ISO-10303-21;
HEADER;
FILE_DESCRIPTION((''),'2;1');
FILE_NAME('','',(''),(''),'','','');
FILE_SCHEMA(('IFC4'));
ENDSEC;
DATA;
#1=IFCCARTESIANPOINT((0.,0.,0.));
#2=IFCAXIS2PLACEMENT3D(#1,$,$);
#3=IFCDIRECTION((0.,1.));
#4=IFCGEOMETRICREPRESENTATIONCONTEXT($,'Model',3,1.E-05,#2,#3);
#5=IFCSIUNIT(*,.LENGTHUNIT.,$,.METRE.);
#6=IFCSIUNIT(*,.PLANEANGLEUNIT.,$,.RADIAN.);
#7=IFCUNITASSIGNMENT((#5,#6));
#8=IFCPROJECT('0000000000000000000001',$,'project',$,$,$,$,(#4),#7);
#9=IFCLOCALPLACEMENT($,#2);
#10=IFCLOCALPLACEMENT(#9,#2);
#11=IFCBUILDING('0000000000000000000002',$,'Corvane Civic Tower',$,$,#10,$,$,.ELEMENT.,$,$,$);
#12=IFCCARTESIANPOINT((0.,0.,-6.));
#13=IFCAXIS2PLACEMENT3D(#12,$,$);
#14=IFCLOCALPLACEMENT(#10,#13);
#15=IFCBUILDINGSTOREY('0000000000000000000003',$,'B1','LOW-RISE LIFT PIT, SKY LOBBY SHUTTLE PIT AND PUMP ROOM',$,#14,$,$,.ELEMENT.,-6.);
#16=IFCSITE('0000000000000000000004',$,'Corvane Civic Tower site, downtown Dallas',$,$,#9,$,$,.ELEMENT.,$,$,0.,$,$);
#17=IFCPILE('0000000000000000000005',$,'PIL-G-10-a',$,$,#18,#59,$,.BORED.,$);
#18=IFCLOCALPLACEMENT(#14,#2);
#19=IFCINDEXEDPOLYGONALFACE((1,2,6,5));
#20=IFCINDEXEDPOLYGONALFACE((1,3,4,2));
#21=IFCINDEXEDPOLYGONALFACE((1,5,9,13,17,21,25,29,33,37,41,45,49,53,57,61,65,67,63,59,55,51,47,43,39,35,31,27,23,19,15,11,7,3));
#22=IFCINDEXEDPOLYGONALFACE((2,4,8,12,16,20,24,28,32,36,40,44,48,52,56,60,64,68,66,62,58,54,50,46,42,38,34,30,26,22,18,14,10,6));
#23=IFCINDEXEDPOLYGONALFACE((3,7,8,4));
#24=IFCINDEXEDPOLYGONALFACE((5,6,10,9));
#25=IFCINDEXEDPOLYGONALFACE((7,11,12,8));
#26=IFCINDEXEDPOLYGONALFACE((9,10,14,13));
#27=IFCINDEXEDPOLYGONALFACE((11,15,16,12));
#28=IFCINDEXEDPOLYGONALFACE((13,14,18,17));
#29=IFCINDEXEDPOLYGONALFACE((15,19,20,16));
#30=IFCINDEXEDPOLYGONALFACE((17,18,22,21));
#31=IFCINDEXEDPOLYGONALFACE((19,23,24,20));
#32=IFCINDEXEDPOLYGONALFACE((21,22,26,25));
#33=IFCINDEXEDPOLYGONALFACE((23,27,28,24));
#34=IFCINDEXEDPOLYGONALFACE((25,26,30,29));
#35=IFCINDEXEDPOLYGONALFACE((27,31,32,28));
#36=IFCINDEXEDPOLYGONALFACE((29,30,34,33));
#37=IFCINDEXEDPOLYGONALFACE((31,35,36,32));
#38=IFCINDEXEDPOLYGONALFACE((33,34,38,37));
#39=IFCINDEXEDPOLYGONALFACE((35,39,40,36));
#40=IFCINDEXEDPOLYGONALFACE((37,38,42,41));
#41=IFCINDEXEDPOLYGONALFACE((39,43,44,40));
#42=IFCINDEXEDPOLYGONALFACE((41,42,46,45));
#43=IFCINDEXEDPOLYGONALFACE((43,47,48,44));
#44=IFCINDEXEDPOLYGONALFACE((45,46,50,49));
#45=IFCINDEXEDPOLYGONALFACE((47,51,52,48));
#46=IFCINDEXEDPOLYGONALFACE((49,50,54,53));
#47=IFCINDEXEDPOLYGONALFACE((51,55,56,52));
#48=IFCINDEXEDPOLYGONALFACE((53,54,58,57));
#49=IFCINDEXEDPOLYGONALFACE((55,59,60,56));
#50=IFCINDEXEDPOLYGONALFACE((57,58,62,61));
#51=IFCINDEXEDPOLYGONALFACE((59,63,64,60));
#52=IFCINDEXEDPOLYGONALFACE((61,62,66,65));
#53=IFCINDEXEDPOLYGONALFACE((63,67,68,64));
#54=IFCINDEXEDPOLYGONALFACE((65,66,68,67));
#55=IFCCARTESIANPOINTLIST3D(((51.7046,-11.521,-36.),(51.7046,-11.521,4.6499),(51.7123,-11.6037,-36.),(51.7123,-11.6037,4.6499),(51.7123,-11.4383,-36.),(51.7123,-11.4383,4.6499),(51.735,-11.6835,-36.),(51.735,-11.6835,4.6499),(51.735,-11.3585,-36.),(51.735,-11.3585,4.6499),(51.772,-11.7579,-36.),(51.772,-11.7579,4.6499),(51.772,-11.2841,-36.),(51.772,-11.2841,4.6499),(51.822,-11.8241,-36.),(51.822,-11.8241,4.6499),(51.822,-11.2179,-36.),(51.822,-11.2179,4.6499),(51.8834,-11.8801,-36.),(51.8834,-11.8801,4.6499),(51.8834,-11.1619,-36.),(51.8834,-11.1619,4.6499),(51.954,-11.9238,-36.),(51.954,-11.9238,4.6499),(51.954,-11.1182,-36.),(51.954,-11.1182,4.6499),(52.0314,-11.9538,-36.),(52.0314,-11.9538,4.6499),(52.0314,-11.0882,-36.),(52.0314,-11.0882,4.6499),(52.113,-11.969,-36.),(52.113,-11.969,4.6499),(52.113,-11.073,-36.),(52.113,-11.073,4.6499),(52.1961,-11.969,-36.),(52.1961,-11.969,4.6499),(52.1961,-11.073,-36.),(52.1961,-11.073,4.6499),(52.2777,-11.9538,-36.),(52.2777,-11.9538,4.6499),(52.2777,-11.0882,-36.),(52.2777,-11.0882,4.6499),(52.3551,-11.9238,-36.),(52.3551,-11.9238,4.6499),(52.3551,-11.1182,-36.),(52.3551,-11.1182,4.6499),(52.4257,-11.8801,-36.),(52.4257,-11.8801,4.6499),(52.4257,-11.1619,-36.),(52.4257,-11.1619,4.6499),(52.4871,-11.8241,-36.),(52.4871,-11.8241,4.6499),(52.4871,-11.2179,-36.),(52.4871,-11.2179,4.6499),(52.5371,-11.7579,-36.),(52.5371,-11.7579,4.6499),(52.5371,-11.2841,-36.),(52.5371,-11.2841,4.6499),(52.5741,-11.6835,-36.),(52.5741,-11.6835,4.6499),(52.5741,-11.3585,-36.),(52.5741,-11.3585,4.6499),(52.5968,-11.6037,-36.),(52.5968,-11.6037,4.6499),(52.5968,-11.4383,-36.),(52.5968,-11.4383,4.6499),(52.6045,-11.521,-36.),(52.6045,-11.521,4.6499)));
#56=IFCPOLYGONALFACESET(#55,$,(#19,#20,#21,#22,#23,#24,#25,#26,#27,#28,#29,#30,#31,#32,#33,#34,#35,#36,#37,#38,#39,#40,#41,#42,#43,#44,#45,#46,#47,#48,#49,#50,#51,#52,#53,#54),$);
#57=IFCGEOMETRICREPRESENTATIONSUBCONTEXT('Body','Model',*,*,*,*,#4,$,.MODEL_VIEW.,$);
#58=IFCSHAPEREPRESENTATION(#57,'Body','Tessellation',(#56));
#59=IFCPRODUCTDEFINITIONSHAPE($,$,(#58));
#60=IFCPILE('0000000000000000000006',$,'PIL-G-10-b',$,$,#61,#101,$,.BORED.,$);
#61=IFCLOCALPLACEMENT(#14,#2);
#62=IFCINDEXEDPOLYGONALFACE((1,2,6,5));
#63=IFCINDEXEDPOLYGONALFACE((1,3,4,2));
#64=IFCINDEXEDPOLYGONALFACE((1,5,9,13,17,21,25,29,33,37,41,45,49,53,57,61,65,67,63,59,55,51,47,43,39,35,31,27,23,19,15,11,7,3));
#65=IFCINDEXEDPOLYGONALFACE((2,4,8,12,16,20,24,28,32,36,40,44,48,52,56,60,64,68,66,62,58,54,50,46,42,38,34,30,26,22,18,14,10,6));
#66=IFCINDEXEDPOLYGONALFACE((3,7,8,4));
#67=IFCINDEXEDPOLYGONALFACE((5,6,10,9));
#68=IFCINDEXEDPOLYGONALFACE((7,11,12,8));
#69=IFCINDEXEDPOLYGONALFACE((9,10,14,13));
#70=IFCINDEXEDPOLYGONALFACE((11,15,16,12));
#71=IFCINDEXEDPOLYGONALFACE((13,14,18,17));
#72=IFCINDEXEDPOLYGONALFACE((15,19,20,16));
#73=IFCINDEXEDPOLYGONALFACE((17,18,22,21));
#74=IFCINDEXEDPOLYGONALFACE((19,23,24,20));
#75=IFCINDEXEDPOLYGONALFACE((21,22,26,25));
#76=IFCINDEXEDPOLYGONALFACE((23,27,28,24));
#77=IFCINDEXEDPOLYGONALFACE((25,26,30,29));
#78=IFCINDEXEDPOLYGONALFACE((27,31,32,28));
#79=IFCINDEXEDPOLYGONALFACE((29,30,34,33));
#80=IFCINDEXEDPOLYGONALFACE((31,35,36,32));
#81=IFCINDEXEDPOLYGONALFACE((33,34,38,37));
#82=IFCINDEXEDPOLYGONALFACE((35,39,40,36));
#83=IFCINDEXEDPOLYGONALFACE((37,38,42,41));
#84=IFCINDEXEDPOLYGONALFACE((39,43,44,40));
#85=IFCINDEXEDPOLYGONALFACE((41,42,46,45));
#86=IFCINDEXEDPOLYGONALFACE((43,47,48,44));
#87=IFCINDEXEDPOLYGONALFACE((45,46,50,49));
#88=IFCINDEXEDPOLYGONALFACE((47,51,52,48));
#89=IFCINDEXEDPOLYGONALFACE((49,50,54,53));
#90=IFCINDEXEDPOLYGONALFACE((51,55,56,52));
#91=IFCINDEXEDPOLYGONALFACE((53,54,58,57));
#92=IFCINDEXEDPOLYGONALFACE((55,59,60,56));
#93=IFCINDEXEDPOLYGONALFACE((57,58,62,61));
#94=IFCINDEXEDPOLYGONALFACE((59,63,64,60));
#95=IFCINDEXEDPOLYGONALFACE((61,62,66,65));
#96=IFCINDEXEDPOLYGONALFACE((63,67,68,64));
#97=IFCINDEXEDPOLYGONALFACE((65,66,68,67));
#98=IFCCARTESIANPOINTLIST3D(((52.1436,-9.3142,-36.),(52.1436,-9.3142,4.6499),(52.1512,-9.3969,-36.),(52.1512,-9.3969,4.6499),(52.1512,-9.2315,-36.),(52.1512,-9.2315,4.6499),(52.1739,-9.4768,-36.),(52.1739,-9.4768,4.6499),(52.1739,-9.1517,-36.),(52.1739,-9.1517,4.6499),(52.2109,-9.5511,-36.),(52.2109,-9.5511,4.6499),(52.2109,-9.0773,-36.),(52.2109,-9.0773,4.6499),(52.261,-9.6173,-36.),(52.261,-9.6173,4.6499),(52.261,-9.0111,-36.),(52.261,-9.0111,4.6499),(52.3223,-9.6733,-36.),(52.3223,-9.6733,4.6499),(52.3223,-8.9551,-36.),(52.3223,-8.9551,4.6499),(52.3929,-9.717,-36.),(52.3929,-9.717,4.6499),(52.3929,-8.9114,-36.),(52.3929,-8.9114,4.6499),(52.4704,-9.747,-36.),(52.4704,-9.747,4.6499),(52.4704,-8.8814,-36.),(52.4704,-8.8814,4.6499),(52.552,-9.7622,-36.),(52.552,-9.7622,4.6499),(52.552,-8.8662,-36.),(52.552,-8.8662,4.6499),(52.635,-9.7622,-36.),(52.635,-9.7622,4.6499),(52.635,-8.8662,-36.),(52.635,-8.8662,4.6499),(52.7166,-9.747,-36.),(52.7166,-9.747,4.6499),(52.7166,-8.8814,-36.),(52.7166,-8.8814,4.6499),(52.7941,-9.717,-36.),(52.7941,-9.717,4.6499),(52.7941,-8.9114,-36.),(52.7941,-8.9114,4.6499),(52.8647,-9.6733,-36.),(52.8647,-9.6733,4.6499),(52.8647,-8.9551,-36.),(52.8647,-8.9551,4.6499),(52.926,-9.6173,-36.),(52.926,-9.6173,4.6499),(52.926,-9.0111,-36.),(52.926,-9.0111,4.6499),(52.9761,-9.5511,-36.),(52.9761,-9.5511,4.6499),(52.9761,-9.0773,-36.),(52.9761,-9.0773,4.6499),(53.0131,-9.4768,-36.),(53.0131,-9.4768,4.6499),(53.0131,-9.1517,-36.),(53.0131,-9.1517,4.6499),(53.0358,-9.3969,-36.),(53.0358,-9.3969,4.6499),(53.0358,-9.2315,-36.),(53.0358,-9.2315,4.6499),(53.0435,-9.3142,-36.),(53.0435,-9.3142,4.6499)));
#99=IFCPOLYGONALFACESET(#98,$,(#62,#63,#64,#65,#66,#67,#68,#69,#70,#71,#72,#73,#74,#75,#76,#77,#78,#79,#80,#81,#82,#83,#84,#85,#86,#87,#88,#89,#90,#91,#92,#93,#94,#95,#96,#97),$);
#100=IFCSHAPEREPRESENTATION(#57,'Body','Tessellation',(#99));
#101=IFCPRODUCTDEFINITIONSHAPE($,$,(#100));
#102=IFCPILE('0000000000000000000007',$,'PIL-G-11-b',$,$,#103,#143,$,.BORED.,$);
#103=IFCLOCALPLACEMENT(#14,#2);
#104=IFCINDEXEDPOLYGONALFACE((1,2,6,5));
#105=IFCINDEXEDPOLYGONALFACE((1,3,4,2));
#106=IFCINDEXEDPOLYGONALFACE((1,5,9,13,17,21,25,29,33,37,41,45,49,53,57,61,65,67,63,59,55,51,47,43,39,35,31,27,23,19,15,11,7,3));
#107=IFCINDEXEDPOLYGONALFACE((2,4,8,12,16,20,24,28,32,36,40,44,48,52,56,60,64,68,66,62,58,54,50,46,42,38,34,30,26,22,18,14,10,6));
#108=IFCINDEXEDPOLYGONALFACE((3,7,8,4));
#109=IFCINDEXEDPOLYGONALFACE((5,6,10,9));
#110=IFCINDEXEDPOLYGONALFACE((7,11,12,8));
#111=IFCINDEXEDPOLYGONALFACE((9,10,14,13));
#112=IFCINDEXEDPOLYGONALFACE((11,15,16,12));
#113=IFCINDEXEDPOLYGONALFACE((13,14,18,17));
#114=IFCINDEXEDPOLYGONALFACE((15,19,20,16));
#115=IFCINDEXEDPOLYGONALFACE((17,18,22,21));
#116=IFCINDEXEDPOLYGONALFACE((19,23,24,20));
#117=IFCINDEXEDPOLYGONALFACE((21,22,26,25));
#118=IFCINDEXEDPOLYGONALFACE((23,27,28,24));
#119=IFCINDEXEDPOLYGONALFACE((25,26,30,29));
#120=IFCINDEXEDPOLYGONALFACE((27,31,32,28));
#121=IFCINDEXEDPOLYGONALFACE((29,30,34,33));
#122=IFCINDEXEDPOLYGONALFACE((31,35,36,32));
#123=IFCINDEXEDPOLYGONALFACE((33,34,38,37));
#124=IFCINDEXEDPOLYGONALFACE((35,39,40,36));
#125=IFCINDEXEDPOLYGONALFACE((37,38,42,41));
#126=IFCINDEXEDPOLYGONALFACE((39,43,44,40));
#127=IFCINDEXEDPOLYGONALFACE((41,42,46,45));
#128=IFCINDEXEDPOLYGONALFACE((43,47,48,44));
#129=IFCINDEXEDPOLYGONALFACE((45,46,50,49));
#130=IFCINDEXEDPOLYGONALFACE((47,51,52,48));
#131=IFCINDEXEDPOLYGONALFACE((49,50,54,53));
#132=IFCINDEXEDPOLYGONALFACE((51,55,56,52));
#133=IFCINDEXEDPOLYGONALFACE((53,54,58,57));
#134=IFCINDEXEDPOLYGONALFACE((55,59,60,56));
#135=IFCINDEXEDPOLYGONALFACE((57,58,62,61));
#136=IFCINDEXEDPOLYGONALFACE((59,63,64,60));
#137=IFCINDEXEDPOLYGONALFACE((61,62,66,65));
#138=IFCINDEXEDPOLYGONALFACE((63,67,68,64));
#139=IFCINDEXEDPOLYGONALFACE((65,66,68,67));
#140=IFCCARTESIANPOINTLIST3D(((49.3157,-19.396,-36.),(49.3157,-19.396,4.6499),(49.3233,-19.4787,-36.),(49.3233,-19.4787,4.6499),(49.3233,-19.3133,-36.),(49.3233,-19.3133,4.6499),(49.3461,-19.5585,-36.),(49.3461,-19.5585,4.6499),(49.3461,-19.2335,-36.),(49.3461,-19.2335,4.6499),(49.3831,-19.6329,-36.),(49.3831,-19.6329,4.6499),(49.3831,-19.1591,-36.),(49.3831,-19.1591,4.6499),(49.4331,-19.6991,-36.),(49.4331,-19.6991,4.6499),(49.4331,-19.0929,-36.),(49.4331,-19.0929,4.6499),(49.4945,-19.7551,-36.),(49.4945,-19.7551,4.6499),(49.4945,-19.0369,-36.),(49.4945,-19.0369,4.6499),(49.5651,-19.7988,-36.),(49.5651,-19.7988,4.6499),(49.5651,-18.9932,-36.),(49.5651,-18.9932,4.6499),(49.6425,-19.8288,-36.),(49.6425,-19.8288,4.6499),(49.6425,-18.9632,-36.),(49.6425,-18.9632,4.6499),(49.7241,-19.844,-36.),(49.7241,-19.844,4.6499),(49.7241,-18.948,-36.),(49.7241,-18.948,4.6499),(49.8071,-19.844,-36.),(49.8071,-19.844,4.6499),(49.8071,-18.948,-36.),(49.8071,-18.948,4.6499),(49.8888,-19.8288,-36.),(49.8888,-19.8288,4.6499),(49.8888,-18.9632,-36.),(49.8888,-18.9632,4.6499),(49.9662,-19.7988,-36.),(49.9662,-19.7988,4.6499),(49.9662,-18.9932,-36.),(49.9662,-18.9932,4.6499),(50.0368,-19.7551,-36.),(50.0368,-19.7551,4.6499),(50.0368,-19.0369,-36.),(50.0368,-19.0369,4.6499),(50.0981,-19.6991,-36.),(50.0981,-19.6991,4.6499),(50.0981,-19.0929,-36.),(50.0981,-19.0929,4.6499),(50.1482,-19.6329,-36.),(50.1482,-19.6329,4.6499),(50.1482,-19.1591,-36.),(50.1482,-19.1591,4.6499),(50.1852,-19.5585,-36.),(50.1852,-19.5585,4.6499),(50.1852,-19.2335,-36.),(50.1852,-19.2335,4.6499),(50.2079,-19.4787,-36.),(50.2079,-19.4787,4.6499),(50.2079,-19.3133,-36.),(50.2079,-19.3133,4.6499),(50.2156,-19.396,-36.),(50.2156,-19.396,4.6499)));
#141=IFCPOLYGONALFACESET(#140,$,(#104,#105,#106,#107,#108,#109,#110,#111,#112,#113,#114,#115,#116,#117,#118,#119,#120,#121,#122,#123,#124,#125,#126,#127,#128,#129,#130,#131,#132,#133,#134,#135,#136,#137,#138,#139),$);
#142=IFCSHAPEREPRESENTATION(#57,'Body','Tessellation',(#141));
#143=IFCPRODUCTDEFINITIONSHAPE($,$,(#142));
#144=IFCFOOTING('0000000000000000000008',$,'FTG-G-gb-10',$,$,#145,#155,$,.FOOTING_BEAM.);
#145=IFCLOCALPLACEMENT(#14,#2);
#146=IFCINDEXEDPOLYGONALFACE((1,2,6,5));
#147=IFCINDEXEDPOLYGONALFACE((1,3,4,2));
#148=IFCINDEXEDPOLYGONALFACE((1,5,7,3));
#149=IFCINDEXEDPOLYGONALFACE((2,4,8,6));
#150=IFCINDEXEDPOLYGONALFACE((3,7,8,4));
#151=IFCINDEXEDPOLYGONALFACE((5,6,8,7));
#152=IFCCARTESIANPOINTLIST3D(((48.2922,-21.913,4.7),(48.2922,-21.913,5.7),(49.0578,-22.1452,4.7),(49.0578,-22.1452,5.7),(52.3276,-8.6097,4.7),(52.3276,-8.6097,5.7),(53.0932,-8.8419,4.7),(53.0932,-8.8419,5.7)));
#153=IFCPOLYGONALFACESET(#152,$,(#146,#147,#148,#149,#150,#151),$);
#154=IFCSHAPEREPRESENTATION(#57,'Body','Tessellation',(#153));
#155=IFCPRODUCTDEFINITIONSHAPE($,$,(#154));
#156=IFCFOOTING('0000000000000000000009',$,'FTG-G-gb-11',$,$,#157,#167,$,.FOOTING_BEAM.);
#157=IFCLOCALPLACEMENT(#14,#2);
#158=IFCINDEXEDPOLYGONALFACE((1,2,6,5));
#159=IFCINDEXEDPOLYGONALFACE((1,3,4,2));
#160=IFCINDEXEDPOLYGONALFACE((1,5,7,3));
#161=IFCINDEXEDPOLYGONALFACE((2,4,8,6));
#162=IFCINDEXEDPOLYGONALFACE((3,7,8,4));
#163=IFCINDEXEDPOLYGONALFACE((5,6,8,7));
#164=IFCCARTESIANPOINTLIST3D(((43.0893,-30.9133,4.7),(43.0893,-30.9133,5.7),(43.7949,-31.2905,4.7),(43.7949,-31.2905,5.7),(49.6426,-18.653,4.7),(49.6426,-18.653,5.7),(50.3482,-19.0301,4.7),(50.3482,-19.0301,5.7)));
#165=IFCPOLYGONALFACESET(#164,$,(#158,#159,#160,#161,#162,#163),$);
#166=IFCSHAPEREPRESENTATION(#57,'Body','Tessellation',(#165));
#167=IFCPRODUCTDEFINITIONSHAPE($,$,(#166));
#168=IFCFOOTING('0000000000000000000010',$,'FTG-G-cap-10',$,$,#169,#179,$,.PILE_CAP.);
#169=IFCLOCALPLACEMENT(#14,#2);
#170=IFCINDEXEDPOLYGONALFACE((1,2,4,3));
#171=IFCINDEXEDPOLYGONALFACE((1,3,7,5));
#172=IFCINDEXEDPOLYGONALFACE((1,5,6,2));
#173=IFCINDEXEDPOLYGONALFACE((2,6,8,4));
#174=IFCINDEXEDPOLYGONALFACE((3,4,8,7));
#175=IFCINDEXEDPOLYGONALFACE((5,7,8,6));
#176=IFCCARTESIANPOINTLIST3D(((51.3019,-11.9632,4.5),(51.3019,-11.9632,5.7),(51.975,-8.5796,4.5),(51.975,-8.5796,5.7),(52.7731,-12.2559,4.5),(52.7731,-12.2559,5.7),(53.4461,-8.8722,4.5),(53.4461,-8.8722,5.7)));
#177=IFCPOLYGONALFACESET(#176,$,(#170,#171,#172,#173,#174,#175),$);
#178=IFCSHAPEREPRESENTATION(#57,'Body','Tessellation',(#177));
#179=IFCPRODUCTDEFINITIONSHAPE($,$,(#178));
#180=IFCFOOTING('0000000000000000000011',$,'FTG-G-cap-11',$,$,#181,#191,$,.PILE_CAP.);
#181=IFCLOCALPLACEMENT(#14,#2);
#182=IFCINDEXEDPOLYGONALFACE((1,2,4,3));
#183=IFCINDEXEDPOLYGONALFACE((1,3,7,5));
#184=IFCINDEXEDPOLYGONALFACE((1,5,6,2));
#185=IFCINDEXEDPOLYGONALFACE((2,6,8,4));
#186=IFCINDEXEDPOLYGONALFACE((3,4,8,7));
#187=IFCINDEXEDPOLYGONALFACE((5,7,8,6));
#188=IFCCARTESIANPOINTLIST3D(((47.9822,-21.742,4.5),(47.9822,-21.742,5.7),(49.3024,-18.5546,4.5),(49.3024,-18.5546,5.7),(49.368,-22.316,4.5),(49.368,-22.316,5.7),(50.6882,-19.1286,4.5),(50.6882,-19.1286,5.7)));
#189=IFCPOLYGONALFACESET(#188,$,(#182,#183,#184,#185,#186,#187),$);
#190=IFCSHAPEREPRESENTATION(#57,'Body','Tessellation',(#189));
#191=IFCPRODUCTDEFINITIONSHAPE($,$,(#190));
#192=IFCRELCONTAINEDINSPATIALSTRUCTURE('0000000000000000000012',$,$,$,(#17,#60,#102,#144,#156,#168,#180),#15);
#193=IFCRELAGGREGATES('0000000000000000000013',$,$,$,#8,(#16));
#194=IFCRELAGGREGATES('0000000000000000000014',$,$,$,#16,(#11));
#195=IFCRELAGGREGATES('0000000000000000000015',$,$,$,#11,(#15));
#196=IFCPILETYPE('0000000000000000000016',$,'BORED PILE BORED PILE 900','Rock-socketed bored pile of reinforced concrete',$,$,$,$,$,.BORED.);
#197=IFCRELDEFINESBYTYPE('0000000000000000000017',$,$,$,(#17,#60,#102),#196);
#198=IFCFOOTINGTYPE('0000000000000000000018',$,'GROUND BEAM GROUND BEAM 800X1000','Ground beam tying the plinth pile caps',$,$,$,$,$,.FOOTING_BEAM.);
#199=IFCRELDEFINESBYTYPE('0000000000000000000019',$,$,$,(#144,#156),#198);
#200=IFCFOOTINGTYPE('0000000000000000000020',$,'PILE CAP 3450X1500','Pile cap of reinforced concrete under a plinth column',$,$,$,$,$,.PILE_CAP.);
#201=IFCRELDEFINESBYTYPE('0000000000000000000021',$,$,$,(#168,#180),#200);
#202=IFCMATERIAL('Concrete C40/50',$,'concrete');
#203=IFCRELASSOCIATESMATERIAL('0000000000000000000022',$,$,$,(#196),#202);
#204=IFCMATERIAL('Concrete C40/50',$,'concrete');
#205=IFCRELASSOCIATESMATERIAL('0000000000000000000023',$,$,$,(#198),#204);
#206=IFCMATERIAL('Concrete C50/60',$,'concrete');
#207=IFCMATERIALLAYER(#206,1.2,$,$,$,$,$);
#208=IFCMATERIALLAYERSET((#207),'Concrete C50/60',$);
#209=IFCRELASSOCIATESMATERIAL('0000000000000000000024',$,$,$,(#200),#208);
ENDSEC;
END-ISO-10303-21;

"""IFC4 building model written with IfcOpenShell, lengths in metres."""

from ifc_helpers import new_model, si_unit, direction, frame, origin, origin_2d, place, context, subcontext, project, spatial, rectangle, circle, extrude, material, layer, layer_set, material_profile, profile_set, type_object, element, save


model = new_model("IFC4")

# Units and contexts
model_context = context("Model", 3, precision=1e-05, world=origin(), true_north=direction((0.0, 1.0)))
body_context = subcontext(model_context, "Body", "Model", "MODEL_VIEW")
ifc_project = project(units=[si_unit("LENGTHUNIT", "METRE"), si_unit("PLANEANGLEUNIT", "RADIAN")], contexts=[model_context])

# Site, building, storey
site_placement = place(None, origin())
site = spatial("IfcSite", under=ifc_project, at=site_placement, Name="Corvane Civic Tower site, downtown Dallas", CompositionType="ELEMENT", RefElevation=0.0)
building_placement = place(site_placement, origin())
building = spatial("IfcBuilding", under=site, at=building_placement, Name="Corvane Civic Tower", CompositionType="ELEMENT")
storey_placement = place(building_placement, frame((0.0, 0.0, -6.0)))
storey = spatial("IfcBuildingStorey", under=building, at=storey_placement, Name="B1", Description="LOW-RISE LIFT PIT, SKY LOBBY SHUTTLE PIT AND PUMP ROOM", CompositionType="ELEMENT", Elevation=-6.0)

# Piles
ifc_material_1 = material(Name="Concrete C40/50", Category="concrete")
ifc_material_profile_1 = material_profile(ifc_material_1, circle(Radius=0.45, at=origin_2d()), Name="BORED PILE 900")
ifc_profile_set_1 = profile_set([ifc_material_profile_1], Name="Concrete C40/50")
pile_type_1 = type_object("IfcPileType", Name="BORED PILE BORED PILE 900", Description="Rock-socketed bored pile of reinforced concrete", PredefinedType="BORED", material=ifc_profile_set_1)
for number, where, z_axis, x_axis, name in (
    (1, (52.1545, -11.521, 4.6499), (0.0, 0.0, -1.0), (1.0, 0.0, 0.0), "PIL-G-10-a"),
    (2, (52.5935, -9.3142, 4.6499), (0.0, 0.0, -1.0), (1.0, 0.0, 0.0), "PIL-G-10-b"),
    (3, (49.7656, -19.396, 4.6499), (0.0, 0.0, -1.0), (1.0, 0.0, 0.0), "PIL-G-11-b"),
):
    element("IfcPile", number, at=place(storey_placement, frame(where, z_axis=z_axis, x_axis=x_axis)), inside=storey, type_object=pile_type_1, Name=name, PredefinedType="BORED", context=body_context, shape_type="SweptSolid", body=[
        extrude(circle(Radius=0.45, at=origin_2d()), origin(), (0.0, 0.0, 1.0), 40.6499),
    ])

# Footings
ifc_material_2 = material(Name="Concrete C40/50", Category="concrete")
ifc_material_profile_2 = material_profile(ifc_material_2, rectangle(XDim=0.8, YDim=1.0, at=origin_2d()), Name="GROUND BEAM 800X1000")
ifc_profile_set_2 = profile_set([ifc_material_profile_2], Name="Concrete C40/50")
footing_type_1 = type_object("IfcFootingType", Name="GROUND BEAM GROUND BEAM 800X1000", Description="Ground beam tying the plinth pile caps", PredefinedType="FOOTING_BEAM", material=ifc_profile_set_2)
for number, where, z_axis, x_axis, name in (
    (4, (52.7104, -8.7258, 5.2), (-0.290279, -0.956942, 0.0), (0.956942, -0.290279, 0.0), "FTG-G-gb-10"),
    (5, (49.9954, -18.8416, 5.2), (-0.471396, -0.881922, 0.0), (0.881922, -0.471396, 0.0), "FTG-G-gb-11"),
):
    element("IfcFooting", number, at=place(storey_placement, frame(where, z_axis=z_axis, x_axis=x_axis)), inside=storey, type_object=footing_type_1, Name=name, PredefinedType="FOOTING_BEAM", context=body_context, shape_type="SweptSolid", body=[
        extrude(rectangle(XDim=0.8, YDim=1.0, at=origin_2d()), origin(), (0.0, 0.0, 1.0), 13.9019),
    ])
ifc_material_3 = material(Name="Concrete C50/60", Category="concrete")
ifc_layer = layer(ifc_material_3, 1.2)
ifc_layer_set = layer_set([ifc_layer], Name="Concrete C50/60")
footing_type_2 = type_object("IfcFootingType", Name="PILE CAP 3450X1500", Description="Pile cap of reinforced concrete under a plinth column", PredefinedType="PILE_CAP", material=ifc_layer_set)
for number, where, z_axis, x_axis, name in (
    (6, (52.374, -10.4177, 4.5), (0.0, 0.0, 1.0), (0.19509, 0.980785, 0.0), "FTG-G-cap-10"),
    (7, (49.3352, -20.4353, 4.5), (0.0, 0.0, 1.0), (0.382683, 0.92388, 0.0), "FTG-G-cap-11"),
):
    element("IfcFooting", number, at=place(storey_placement, frame(where, z_axis=z_axis, x_axis=x_axis)), inside=storey, type_object=footing_type_2, Name=name, PredefinedType="PILE_CAP", context=body_context, shape_type="SweptSolid", body=[
        extrude(rectangle(XDim=3.45, YDim=1.5, at=origin_2d()), origin(), (0.0, 0.0, 1.0), 1.2),
    ])

save(model, "model.ifc")
